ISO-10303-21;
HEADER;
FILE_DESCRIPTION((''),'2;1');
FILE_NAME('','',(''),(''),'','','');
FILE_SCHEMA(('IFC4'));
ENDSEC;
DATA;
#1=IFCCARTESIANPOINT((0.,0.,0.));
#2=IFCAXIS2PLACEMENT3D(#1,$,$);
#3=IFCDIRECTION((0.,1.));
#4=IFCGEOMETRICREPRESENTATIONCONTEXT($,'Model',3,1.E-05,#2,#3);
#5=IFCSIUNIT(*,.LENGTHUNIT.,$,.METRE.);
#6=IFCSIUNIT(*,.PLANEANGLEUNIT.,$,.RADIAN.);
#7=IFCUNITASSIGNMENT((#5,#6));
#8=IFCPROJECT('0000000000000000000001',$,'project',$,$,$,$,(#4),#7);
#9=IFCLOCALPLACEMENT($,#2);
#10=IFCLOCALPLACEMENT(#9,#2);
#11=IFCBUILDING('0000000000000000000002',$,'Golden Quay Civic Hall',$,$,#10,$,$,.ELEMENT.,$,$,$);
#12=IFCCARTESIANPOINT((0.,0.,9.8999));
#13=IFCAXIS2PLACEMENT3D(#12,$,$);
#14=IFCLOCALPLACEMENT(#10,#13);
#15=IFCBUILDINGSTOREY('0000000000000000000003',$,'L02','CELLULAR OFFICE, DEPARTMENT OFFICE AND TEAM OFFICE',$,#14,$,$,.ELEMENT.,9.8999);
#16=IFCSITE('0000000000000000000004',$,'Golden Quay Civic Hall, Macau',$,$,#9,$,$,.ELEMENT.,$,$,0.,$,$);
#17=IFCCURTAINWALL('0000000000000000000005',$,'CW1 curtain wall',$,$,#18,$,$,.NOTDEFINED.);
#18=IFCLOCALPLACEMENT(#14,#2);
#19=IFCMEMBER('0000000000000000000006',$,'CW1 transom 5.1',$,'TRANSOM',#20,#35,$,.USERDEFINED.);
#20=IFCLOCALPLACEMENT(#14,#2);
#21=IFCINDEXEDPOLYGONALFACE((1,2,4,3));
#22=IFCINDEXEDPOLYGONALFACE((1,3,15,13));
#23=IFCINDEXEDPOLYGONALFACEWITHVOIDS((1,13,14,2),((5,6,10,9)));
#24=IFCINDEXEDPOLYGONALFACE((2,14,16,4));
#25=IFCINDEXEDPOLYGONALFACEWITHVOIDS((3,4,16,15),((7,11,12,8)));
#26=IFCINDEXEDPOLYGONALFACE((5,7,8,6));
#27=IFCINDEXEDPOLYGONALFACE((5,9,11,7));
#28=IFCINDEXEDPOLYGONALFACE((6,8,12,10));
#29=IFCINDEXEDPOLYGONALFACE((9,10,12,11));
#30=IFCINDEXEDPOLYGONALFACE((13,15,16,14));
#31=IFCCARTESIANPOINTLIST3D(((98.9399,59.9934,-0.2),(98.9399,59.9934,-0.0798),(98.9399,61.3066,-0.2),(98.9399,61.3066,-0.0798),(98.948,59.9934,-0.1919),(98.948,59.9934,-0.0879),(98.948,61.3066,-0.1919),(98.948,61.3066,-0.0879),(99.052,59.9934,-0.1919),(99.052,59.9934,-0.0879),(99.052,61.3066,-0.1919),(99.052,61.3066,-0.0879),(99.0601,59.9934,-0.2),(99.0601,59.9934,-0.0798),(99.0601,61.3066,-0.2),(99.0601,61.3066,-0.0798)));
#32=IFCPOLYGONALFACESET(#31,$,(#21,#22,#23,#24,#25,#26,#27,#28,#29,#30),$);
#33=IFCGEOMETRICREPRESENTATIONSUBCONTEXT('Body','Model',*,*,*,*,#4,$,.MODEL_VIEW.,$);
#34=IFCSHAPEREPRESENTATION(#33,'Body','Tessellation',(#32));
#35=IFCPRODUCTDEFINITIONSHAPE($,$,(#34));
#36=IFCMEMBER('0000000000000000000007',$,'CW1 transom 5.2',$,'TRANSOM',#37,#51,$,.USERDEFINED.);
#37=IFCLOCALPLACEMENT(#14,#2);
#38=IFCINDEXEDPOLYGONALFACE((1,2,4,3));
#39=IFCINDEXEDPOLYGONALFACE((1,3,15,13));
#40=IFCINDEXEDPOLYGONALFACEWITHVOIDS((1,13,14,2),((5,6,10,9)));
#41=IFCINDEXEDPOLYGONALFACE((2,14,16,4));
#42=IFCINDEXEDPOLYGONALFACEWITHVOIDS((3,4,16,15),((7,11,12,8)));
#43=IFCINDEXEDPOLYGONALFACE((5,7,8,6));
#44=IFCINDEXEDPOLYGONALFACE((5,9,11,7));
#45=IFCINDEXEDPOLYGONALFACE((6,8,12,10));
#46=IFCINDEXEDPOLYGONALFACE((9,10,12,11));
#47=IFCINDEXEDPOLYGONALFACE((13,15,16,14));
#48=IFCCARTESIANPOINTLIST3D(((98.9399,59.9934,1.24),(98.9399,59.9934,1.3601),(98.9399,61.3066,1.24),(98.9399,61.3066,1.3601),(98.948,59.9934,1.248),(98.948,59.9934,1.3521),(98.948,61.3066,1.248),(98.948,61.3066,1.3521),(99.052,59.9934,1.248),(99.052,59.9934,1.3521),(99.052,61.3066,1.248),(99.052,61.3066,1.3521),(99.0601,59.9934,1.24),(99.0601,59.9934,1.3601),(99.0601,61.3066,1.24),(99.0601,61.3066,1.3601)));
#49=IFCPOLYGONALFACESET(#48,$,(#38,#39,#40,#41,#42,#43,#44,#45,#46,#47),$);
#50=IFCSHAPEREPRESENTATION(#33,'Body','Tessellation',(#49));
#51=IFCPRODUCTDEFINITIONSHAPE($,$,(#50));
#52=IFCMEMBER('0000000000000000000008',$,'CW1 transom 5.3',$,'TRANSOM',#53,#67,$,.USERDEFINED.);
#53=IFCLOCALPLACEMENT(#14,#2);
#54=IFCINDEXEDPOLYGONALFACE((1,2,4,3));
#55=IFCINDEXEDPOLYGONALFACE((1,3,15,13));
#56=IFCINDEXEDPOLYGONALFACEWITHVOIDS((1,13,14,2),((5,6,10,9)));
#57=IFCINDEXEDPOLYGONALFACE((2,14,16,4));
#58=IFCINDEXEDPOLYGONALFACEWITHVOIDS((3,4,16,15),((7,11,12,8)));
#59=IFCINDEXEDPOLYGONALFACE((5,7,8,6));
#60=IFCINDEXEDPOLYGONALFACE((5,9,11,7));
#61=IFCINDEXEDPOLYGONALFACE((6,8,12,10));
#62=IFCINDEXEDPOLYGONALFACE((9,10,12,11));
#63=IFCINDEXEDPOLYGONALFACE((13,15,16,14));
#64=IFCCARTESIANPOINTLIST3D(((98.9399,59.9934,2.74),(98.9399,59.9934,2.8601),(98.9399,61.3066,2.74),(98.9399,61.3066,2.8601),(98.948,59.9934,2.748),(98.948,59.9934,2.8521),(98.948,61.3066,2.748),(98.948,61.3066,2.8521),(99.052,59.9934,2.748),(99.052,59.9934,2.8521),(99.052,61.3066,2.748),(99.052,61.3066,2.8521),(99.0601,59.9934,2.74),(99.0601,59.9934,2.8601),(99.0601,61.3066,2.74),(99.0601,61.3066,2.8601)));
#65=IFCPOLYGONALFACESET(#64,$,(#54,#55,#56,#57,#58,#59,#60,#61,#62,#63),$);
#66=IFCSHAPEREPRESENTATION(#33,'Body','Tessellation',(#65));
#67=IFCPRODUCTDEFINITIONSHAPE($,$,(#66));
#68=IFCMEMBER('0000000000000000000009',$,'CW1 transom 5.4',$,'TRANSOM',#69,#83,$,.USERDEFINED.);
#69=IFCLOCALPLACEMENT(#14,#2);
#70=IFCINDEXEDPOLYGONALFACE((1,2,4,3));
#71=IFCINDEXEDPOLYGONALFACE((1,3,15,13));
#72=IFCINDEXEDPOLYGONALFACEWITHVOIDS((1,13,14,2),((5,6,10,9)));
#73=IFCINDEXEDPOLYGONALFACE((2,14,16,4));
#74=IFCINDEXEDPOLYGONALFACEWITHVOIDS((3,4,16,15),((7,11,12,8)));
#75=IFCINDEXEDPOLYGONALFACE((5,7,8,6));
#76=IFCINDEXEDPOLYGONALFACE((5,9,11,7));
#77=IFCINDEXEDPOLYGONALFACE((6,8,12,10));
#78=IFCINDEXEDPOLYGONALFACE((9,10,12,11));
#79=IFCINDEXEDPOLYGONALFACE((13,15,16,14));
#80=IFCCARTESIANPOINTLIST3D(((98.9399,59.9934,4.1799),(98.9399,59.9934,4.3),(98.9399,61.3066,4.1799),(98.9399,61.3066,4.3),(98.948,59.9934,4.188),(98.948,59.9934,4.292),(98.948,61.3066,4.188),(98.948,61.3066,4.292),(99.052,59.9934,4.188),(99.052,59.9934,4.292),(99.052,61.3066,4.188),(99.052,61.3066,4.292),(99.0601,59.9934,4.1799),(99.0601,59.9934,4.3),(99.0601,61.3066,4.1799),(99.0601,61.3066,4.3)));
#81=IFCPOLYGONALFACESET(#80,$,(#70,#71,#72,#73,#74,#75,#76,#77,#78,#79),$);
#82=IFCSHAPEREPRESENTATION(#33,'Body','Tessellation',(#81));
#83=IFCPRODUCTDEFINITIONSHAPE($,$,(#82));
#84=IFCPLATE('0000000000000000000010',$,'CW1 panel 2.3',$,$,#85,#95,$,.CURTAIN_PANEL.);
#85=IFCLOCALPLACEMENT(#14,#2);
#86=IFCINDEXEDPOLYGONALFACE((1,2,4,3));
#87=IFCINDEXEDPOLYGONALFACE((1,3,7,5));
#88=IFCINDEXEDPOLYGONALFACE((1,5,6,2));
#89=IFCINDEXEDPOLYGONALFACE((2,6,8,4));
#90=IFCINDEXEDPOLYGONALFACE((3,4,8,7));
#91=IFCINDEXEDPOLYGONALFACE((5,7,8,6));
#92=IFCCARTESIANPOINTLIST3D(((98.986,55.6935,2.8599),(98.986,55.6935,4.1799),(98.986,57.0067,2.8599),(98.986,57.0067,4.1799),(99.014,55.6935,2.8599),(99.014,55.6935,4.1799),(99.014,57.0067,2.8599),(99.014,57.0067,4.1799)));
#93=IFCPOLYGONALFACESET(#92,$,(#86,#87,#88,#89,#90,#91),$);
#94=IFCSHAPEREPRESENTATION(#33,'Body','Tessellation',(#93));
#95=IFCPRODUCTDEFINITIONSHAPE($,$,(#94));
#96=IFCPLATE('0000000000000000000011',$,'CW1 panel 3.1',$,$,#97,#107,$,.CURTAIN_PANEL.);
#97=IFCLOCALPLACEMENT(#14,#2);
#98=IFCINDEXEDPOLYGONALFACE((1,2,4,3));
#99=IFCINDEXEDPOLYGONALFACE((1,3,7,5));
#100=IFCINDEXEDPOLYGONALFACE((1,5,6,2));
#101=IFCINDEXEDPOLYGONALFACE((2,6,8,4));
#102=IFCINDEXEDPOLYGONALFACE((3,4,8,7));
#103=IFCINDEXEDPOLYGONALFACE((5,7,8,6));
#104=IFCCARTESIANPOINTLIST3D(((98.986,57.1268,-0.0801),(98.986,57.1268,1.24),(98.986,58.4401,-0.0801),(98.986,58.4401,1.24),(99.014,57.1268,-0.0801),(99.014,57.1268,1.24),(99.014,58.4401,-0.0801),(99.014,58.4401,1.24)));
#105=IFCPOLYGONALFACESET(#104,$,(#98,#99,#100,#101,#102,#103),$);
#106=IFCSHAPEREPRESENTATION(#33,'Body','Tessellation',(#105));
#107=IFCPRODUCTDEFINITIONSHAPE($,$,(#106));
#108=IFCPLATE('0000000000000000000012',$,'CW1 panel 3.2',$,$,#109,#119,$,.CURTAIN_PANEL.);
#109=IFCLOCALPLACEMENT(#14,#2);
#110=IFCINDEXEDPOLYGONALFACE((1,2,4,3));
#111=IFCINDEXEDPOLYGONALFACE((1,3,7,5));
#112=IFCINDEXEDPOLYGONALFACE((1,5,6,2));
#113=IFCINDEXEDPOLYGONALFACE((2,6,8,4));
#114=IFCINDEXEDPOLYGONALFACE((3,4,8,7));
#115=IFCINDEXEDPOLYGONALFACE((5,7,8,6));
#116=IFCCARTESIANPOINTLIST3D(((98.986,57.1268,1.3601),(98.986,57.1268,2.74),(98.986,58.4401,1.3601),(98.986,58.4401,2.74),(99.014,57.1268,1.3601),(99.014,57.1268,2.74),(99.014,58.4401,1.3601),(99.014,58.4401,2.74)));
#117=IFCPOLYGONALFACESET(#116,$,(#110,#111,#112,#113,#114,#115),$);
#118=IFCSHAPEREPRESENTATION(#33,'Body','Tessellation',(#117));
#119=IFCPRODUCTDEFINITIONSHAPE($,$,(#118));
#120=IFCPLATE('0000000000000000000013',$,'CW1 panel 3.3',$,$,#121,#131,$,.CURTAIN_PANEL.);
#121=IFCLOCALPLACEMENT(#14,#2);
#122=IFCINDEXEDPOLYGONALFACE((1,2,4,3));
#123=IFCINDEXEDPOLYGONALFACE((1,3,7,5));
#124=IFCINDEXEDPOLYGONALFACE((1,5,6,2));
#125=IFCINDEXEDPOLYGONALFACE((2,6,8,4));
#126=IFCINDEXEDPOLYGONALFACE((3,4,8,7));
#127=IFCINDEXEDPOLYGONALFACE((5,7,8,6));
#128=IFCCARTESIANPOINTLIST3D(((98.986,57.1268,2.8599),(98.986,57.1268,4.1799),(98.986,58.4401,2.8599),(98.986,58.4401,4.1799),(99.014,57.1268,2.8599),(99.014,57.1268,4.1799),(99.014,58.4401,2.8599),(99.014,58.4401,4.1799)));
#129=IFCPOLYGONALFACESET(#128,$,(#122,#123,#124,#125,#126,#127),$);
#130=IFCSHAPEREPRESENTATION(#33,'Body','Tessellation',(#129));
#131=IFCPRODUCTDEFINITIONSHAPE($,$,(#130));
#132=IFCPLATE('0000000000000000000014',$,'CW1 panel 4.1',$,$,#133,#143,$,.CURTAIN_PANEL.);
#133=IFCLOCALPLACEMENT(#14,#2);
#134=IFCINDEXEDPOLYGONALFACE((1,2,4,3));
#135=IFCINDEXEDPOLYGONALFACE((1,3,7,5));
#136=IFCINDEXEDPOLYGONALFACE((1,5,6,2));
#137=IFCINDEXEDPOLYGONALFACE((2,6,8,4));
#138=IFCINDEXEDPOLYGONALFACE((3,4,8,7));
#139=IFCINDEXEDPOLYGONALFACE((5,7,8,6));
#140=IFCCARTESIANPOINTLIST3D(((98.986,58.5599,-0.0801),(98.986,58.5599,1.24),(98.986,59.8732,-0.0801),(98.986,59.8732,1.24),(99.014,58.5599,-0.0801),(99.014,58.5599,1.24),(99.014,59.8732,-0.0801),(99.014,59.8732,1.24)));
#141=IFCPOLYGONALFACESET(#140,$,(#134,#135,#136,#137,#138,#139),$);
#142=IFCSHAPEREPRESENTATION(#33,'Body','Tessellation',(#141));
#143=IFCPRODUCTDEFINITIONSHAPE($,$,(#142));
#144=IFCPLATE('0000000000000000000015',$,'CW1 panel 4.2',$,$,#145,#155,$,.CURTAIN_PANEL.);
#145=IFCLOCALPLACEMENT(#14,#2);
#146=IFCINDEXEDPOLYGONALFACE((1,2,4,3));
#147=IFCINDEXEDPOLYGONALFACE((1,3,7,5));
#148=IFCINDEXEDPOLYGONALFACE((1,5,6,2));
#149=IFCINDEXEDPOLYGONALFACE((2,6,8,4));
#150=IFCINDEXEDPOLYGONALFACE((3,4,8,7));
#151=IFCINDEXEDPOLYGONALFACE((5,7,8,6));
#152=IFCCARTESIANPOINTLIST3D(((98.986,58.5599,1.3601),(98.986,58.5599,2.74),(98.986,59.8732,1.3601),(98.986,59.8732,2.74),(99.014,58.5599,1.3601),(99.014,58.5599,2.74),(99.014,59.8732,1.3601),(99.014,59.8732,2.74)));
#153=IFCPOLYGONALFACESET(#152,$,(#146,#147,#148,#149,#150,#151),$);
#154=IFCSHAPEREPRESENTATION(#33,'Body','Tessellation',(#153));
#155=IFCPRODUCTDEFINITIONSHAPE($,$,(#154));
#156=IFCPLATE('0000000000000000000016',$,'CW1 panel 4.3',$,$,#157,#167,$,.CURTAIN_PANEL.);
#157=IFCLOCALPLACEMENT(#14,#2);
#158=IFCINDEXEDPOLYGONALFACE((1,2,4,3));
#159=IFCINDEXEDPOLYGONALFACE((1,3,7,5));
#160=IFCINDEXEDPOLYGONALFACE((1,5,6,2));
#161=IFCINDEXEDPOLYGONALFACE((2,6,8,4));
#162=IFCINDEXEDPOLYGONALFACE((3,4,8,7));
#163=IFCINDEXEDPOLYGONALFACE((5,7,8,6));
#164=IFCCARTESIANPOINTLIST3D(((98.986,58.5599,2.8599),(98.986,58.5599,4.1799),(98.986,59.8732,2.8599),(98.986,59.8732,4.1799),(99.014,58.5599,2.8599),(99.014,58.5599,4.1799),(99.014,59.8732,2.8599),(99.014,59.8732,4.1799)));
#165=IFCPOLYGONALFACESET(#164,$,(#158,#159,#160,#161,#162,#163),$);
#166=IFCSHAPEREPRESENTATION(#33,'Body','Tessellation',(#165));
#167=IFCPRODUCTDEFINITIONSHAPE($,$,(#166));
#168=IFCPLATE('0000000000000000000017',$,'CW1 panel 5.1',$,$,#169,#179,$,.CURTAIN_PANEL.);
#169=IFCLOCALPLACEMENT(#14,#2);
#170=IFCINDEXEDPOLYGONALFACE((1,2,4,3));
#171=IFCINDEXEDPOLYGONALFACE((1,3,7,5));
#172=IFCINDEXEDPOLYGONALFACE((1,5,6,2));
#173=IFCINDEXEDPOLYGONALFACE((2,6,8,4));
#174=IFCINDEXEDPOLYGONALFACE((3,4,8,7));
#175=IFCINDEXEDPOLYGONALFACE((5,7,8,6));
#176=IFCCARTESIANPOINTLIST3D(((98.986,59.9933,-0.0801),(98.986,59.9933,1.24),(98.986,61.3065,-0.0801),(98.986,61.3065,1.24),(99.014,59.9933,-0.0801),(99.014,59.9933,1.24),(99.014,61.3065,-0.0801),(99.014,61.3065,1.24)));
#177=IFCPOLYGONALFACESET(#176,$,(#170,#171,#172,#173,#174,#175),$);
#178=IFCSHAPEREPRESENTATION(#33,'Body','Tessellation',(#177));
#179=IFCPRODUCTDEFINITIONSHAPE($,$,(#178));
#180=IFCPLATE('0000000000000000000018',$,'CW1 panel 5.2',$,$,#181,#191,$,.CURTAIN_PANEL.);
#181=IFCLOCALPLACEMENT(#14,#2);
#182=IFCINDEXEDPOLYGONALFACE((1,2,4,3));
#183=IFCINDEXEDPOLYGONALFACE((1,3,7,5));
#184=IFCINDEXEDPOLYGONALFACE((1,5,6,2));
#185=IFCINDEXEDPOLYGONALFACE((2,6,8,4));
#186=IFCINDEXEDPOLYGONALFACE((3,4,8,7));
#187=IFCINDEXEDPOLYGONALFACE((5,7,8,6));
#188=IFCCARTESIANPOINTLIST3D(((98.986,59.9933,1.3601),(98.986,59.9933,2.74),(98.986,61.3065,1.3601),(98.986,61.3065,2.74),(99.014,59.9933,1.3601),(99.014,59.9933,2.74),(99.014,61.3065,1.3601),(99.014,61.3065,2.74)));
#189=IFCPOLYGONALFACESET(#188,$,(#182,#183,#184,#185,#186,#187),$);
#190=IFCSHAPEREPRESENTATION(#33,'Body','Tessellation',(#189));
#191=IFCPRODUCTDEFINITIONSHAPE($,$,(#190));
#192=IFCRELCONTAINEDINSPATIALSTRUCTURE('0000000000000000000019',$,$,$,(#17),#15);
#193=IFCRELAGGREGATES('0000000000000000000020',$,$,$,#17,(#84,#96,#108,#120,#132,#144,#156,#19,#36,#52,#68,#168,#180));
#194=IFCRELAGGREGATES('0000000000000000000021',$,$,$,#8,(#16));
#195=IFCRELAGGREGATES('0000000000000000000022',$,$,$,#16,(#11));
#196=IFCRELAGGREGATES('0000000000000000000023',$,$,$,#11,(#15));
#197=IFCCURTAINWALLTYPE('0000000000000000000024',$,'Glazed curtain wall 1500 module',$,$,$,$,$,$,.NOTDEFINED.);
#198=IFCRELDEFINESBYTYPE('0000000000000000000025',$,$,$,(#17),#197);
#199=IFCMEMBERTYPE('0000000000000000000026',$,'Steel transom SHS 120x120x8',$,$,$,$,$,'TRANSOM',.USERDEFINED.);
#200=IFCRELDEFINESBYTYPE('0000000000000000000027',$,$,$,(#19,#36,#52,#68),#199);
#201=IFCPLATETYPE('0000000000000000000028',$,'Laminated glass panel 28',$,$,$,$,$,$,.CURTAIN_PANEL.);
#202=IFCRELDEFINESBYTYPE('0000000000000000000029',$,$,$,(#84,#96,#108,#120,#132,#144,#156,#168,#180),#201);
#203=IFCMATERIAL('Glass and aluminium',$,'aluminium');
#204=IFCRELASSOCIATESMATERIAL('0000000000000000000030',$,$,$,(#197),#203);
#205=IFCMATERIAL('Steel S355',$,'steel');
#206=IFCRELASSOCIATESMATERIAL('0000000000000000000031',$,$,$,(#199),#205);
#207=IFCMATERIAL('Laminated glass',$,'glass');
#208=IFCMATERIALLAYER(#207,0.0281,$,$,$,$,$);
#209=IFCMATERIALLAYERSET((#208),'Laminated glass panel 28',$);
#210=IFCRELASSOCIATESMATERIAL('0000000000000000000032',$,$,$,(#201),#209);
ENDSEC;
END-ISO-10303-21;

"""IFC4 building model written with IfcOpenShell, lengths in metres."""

from ifc_helpers import new_model, si_unit, direction, frame, origin, origin_2d, place, context, subcontext, project, spatial, rectangle, hollow_rectangle, extrude, material, layer, layer_set, material_profile, profile_set, type_object, element, aggregate, save


model = new_model("IFC4")

# Units and contexts
model_context = context("Model", 3, precision=1e-05, world=origin(), true_north=direction((0.0, 1.0)))
body_context = subcontext(model_context, "Body", "Model", "MODEL_VIEW")
ifc_project = project(units=[si_unit("LENGTHUNIT", "METRE"), si_unit("PLANEANGLEUNIT", "RADIAN")], contexts=[model_context])

# Site, building, storey
site_placement = place(None, origin())
site = spatial("IfcSite", under=ifc_project, at=site_placement, Name="Golden Quay Civic Hall, Macau", CompositionType="ELEMENT", RefElevation=0.0)
building_placement = place(site_placement, origin())
building = spatial("IfcBuilding", under=site, at=building_placement, Name="Golden Quay Civic Hall", CompositionType="ELEMENT")
storey_placement = place(building_placement, frame((0.0, 0.0, 9.8999)))
storey = spatial("IfcBuildingStorey", under=building, at=storey_placement, Name="L02", Description="CELLULAR OFFICE, DEPARTMENT OFFICE AND TEAM OFFICE", CompositionType="ELEMENT", Elevation=9.8999)

# Curtain wall, members, plates
ifc_material_1 = material(Name="Glass and aluminium", Category="aluminium")
curtain_wall_type = type_object("IfcCurtainWallType", Name="Glazed curtain wall 1500 module", PredefinedType="NOTDEFINED", material=ifc_material_1)
curtain_wall_placement = place(storey_placement, origin())
curtain_wall = element("IfcCurtainWall", 1, at=curtain_wall_placement, inside=storey, type_object=curtain_wall_type, Name="CW1 curtain wall", PredefinedType="NOTDEFINED")
ifc_material_2 = material(Name="Steel S355", Category="steel")
ifc_material_profile_1 = material_profile(ifc_material_2, hollow_rectangle(XDim=0.1201, YDim=0.1201, WallThickness=0.0081, at=origin_2d()), Name="SHS 120x120x8")
ifc_profile_set_1 = profile_set([ifc_material_profile_1], Name="Steel S355")
member_type_1 = type_object("IfcMemberType", Name="Steel transom SHS 120x120x8", ElementType="TRANSOM", PredefinedType="USERDEFINED", material=ifc_profile_set_1)
member_1_placement = place(storey_placement, frame((99.0, 59.9934, -0.1399), z_axis=(0.0, 1.0, 0.0), x_axis=(-1.0, 0.0, 0.0)))
member_1 = element("IfcMember", 2, at=member_1_placement, type_object=member_type_1, Name="CW1 transom 5.1", ObjectType="TRANSOM", PredefinedType="USERDEFINED", context=body_context, shape_type="SweptSolid", body=[
    extrude(hollow_rectangle(XDim=0.1201, YDim=0.1201, WallThickness=0.0081, at=origin_2d()), origin(), (0.0, 0.0, 1.0), 1.3132),
])
member_2_placement = place(storey_placement, frame((99.0, 59.9934, 1.3), z_axis=(0.0, 1.0, 0.0), x_axis=(-1.0, 0.0, 0.0)))
member_2 = element("IfcMember", 3, at=member_2_placement, type_object=member_type_1, Name="CW1 transom 5.2", ObjectType="TRANSOM", PredefinedType="USERDEFINED", context=body_context, shape_type="SweptSolid", body=[
    extrude(hollow_rectangle(XDim=0.1201, YDim=0.1201, WallThickness=0.0081, at=origin_2d()), origin(), (0.0, 0.0, 1.0), 1.3132),
])
member_3_placement = place(storey_placement, frame((99.0, 59.9934, 2.8), z_axis=(0.0, 1.0, 0.0), x_axis=(-1.0, 0.0, 0.0)))
member_3 = element("IfcMember", 4, at=member_3_placement, type_object=member_type_1, Name="CW1 transom 5.3", ObjectType="TRANSOM", PredefinedType="USERDEFINED", context=body_context, shape_type="SweptSolid", body=[
    extrude(hollow_rectangle(XDim=0.1201, YDim=0.1201, WallThickness=0.0081, at=origin_2d()), origin(), (0.0, 0.0, 1.0), 1.3132),
])
member_4_placement = place(storey_placement, frame((99.0, 59.9934, 4.24), z_axis=(0.0, 1.0, 0.0), x_axis=(-1.0, 0.0, 0.0)))
member_4 = element("IfcMember", 5, at=member_4_placement, type_object=member_type_1, Name="CW1 transom 5.4", ObjectType="TRANSOM", PredefinedType="USERDEFINED", context=body_context, shape_type="SweptSolid", body=[
    extrude(hollow_rectangle(XDim=0.1201, YDim=0.1201, WallThickness=0.0081, at=origin_2d()), origin(), (0.0, 0.0, 1.0), 1.3132),
])
ifc_material_3 = material(Name="Laminated glass", Category="glass")
ifc_layer = layer(ifc_material_3, 0.0281)
ifc_layer_set = layer_set([ifc_layer], Name="Laminated glass panel 28")
plate_type = type_object("IfcPlateType", Name="Laminated glass panel 28", PredefinedType="CURTAIN_PANEL", material=ifc_layer_set)
plate_1_placement = place(storey_placement, frame((99.0, 56.3501, 2.8599), z_axis=(0.0, 0.0, 1.0), x_axis=(0.0, 1.0, 0.0)))
plate_1 = element("IfcPlate", 6, at=plate_1_placement, type_object=plate_type, Name="CW1 panel 2.3", PredefinedType="CURTAIN_PANEL", context=body_context, shape_type="SweptSolid", body=[
    extrude(rectangle(XDim=1.3132, YDim=0.0281, at=origin_2d()), origin(), (0.0, 0.0, 1.0), 1.3201),
])
plate_2_placement = place(storey_placement, frame((99.0, 57.7834, -0.0801), z_axis=(0.0, 0.0, 1.0), x_axis=(0.0, 1.0, 0.0)))
plate_2 = element("IfcPlate", 7, at=plate_2_placement, type_object=plate_type, Name="CW1 panel 3.1", PredefinedType="CURTAIN_PANEL", context=body_context, shape_type="SweptSolid", body=[
    extrude(rectangle(XDim=1.3132, YDim=0.0281, at=origin_2d()), origin(), (0.0, 0.0, 1.0), 1.3201),
])
plate_3_placement = place(storey_placement, frame((99.0, 57.7834, 1.3601), z_axis=(0.0, 0.0, 1.0), x_axis=(0.0, 1.0, 0.0)))
plate_3 = element("IfcPlate", 8, at=plate_3_placement, type_object=plate_type, Name="CW1 panel 3.2", PredefinedType="CURTAIN_PANEL", context=body_context, shape_type="SweptSolid", body=[
    extrude(rectangle(XDim=1.3132, YDim=0.0281, at=origin_2d()), origin(), (0.0, 0.0, 1.0), 1.3799),
])
plate_4_placement = place(storey_placement, frame((99.0, 57.7834, 2.8599), z_axis=(0.0, 0.0, 1.0), x_axis=(0.0, 1.0, 0.0)))
plate_4 = element("IfcPlate", 9, at=plate_4_placement, type_object=plate_type, Name="CW1 panel 3.3", PredefinedType="CURTAIN_PANEL", context=body_context, shape_type="SweptSolid", body=[
    extrude(rectangle(XDim=1.3132, YDim=0.0281, at=origin_2d()), origin(), (0.0, 0.0, 1.0), 1.3201),
])
plate_5_placement = place(storey_placement, frame((99.0, 59.2166, -0.0801), z_axis=(0.0, 0.0, 1.0), x_axis=(0.0, 1.0, 0.0)))
plate_5 = element("IfcPlate", 10, at=plate_5_placement, type_object=plate_type, Name="CW1 panel 4.1", PredefinedType="CURTAIN_PANEL", context=body_context, shape_type="SweptSolid", body=[
    extrude(rectangle(XDim=1.3132, YDim=0.0281, at=origin_2d()), origin(), (0.0, 0.0, 1.0), 1.3201),
])
plate_6_placement = place(storey_placement, frame((99.0, 59.2166, 1.3601), z_axis=(0.0, 0.0, 1.0), x_axis=(0.0, 1.0, 0.0)))
plate_6 = element("IfcPlate", 11, at=plate_6_placement, type_object=plate_type, Name="CW1 panel 4.2", PredefinedType="CURTAIN_PANEL", context=body_context, shape_type="SweptSolid", body=[
    extrude(rectangle(XDim=1.3132, YDim=0.0281, at=origin_2d()), origin(), (0.0, 0.0, 1.0), 1.3799),
])
plate_7_placement = place(storey_placement, frame((99.0, 59.2166, 2.8599), z_axis=(0.0, 0.0, 1.0), x_axis=(0.0, 1.0, 0.0)))
plate_7 = element("IfcPlate", 12, at=plate_7_placement, type_object=plate_type, Name="CW1 panel 4.3", PredefinedType="CURTAIN_PANEL", context=body_context, shape_type="SweptSolid", body=[
    extrude(rectangle(XDim=1.3132, YDim=0.0281, at=origin_2d()), origin(), (0.0, 0.0, 1.0), 1.3201),
])
plate_8_placement = place(storey_placement, frame((99.0, 60.6499, -0.0801), z_axis=(0.0, 0.0, 1.0), x_axis=(0.0, 1.0, 0.0)))
plate_8 = element("IfcPlate", 13, at=plate_8_placement, type_object=plate_type, Name="CW1 panel 5.1", PredefinedType="CURTAIN_PANEL", context=body_context, shape_type="SweptSolid", body=[
    extrude(rectangle(XDim=1.3132, YDim=0.0281, at=origin_2d()), origin(), (0.0, 0.0, 1.0), 1.3201),
])
plate_9_placement = place(storey_placement, frame((99.0, 60.6499, 1.3601), z_axis=(0.0, 0.0, 1.0), x_axis=(0.0, 1.0, 0.0)))
plate_9 = element("IfcPlate", 14, at=plate_9_placement, type_object=plate_type, Name="CW1 panel 5.2", PredefinedType="CURTAIN_PANEL", context=body_context, shape_type="SweptSolid", body=[
    extrude(rectangle(XDim=1.3132, YDim=0.0281, at=origin_2d()), origin(), (0.0, 0.0, 1.0), 1.3799),
])
aggregate(curtain_wall, [plate_1, plate_2, plate_3, plate_4, plate_5, plate_6, plate_7, member_1, member_2, member_3, member_4, plate_8, plate_9])

save(model, "model.ifc")
